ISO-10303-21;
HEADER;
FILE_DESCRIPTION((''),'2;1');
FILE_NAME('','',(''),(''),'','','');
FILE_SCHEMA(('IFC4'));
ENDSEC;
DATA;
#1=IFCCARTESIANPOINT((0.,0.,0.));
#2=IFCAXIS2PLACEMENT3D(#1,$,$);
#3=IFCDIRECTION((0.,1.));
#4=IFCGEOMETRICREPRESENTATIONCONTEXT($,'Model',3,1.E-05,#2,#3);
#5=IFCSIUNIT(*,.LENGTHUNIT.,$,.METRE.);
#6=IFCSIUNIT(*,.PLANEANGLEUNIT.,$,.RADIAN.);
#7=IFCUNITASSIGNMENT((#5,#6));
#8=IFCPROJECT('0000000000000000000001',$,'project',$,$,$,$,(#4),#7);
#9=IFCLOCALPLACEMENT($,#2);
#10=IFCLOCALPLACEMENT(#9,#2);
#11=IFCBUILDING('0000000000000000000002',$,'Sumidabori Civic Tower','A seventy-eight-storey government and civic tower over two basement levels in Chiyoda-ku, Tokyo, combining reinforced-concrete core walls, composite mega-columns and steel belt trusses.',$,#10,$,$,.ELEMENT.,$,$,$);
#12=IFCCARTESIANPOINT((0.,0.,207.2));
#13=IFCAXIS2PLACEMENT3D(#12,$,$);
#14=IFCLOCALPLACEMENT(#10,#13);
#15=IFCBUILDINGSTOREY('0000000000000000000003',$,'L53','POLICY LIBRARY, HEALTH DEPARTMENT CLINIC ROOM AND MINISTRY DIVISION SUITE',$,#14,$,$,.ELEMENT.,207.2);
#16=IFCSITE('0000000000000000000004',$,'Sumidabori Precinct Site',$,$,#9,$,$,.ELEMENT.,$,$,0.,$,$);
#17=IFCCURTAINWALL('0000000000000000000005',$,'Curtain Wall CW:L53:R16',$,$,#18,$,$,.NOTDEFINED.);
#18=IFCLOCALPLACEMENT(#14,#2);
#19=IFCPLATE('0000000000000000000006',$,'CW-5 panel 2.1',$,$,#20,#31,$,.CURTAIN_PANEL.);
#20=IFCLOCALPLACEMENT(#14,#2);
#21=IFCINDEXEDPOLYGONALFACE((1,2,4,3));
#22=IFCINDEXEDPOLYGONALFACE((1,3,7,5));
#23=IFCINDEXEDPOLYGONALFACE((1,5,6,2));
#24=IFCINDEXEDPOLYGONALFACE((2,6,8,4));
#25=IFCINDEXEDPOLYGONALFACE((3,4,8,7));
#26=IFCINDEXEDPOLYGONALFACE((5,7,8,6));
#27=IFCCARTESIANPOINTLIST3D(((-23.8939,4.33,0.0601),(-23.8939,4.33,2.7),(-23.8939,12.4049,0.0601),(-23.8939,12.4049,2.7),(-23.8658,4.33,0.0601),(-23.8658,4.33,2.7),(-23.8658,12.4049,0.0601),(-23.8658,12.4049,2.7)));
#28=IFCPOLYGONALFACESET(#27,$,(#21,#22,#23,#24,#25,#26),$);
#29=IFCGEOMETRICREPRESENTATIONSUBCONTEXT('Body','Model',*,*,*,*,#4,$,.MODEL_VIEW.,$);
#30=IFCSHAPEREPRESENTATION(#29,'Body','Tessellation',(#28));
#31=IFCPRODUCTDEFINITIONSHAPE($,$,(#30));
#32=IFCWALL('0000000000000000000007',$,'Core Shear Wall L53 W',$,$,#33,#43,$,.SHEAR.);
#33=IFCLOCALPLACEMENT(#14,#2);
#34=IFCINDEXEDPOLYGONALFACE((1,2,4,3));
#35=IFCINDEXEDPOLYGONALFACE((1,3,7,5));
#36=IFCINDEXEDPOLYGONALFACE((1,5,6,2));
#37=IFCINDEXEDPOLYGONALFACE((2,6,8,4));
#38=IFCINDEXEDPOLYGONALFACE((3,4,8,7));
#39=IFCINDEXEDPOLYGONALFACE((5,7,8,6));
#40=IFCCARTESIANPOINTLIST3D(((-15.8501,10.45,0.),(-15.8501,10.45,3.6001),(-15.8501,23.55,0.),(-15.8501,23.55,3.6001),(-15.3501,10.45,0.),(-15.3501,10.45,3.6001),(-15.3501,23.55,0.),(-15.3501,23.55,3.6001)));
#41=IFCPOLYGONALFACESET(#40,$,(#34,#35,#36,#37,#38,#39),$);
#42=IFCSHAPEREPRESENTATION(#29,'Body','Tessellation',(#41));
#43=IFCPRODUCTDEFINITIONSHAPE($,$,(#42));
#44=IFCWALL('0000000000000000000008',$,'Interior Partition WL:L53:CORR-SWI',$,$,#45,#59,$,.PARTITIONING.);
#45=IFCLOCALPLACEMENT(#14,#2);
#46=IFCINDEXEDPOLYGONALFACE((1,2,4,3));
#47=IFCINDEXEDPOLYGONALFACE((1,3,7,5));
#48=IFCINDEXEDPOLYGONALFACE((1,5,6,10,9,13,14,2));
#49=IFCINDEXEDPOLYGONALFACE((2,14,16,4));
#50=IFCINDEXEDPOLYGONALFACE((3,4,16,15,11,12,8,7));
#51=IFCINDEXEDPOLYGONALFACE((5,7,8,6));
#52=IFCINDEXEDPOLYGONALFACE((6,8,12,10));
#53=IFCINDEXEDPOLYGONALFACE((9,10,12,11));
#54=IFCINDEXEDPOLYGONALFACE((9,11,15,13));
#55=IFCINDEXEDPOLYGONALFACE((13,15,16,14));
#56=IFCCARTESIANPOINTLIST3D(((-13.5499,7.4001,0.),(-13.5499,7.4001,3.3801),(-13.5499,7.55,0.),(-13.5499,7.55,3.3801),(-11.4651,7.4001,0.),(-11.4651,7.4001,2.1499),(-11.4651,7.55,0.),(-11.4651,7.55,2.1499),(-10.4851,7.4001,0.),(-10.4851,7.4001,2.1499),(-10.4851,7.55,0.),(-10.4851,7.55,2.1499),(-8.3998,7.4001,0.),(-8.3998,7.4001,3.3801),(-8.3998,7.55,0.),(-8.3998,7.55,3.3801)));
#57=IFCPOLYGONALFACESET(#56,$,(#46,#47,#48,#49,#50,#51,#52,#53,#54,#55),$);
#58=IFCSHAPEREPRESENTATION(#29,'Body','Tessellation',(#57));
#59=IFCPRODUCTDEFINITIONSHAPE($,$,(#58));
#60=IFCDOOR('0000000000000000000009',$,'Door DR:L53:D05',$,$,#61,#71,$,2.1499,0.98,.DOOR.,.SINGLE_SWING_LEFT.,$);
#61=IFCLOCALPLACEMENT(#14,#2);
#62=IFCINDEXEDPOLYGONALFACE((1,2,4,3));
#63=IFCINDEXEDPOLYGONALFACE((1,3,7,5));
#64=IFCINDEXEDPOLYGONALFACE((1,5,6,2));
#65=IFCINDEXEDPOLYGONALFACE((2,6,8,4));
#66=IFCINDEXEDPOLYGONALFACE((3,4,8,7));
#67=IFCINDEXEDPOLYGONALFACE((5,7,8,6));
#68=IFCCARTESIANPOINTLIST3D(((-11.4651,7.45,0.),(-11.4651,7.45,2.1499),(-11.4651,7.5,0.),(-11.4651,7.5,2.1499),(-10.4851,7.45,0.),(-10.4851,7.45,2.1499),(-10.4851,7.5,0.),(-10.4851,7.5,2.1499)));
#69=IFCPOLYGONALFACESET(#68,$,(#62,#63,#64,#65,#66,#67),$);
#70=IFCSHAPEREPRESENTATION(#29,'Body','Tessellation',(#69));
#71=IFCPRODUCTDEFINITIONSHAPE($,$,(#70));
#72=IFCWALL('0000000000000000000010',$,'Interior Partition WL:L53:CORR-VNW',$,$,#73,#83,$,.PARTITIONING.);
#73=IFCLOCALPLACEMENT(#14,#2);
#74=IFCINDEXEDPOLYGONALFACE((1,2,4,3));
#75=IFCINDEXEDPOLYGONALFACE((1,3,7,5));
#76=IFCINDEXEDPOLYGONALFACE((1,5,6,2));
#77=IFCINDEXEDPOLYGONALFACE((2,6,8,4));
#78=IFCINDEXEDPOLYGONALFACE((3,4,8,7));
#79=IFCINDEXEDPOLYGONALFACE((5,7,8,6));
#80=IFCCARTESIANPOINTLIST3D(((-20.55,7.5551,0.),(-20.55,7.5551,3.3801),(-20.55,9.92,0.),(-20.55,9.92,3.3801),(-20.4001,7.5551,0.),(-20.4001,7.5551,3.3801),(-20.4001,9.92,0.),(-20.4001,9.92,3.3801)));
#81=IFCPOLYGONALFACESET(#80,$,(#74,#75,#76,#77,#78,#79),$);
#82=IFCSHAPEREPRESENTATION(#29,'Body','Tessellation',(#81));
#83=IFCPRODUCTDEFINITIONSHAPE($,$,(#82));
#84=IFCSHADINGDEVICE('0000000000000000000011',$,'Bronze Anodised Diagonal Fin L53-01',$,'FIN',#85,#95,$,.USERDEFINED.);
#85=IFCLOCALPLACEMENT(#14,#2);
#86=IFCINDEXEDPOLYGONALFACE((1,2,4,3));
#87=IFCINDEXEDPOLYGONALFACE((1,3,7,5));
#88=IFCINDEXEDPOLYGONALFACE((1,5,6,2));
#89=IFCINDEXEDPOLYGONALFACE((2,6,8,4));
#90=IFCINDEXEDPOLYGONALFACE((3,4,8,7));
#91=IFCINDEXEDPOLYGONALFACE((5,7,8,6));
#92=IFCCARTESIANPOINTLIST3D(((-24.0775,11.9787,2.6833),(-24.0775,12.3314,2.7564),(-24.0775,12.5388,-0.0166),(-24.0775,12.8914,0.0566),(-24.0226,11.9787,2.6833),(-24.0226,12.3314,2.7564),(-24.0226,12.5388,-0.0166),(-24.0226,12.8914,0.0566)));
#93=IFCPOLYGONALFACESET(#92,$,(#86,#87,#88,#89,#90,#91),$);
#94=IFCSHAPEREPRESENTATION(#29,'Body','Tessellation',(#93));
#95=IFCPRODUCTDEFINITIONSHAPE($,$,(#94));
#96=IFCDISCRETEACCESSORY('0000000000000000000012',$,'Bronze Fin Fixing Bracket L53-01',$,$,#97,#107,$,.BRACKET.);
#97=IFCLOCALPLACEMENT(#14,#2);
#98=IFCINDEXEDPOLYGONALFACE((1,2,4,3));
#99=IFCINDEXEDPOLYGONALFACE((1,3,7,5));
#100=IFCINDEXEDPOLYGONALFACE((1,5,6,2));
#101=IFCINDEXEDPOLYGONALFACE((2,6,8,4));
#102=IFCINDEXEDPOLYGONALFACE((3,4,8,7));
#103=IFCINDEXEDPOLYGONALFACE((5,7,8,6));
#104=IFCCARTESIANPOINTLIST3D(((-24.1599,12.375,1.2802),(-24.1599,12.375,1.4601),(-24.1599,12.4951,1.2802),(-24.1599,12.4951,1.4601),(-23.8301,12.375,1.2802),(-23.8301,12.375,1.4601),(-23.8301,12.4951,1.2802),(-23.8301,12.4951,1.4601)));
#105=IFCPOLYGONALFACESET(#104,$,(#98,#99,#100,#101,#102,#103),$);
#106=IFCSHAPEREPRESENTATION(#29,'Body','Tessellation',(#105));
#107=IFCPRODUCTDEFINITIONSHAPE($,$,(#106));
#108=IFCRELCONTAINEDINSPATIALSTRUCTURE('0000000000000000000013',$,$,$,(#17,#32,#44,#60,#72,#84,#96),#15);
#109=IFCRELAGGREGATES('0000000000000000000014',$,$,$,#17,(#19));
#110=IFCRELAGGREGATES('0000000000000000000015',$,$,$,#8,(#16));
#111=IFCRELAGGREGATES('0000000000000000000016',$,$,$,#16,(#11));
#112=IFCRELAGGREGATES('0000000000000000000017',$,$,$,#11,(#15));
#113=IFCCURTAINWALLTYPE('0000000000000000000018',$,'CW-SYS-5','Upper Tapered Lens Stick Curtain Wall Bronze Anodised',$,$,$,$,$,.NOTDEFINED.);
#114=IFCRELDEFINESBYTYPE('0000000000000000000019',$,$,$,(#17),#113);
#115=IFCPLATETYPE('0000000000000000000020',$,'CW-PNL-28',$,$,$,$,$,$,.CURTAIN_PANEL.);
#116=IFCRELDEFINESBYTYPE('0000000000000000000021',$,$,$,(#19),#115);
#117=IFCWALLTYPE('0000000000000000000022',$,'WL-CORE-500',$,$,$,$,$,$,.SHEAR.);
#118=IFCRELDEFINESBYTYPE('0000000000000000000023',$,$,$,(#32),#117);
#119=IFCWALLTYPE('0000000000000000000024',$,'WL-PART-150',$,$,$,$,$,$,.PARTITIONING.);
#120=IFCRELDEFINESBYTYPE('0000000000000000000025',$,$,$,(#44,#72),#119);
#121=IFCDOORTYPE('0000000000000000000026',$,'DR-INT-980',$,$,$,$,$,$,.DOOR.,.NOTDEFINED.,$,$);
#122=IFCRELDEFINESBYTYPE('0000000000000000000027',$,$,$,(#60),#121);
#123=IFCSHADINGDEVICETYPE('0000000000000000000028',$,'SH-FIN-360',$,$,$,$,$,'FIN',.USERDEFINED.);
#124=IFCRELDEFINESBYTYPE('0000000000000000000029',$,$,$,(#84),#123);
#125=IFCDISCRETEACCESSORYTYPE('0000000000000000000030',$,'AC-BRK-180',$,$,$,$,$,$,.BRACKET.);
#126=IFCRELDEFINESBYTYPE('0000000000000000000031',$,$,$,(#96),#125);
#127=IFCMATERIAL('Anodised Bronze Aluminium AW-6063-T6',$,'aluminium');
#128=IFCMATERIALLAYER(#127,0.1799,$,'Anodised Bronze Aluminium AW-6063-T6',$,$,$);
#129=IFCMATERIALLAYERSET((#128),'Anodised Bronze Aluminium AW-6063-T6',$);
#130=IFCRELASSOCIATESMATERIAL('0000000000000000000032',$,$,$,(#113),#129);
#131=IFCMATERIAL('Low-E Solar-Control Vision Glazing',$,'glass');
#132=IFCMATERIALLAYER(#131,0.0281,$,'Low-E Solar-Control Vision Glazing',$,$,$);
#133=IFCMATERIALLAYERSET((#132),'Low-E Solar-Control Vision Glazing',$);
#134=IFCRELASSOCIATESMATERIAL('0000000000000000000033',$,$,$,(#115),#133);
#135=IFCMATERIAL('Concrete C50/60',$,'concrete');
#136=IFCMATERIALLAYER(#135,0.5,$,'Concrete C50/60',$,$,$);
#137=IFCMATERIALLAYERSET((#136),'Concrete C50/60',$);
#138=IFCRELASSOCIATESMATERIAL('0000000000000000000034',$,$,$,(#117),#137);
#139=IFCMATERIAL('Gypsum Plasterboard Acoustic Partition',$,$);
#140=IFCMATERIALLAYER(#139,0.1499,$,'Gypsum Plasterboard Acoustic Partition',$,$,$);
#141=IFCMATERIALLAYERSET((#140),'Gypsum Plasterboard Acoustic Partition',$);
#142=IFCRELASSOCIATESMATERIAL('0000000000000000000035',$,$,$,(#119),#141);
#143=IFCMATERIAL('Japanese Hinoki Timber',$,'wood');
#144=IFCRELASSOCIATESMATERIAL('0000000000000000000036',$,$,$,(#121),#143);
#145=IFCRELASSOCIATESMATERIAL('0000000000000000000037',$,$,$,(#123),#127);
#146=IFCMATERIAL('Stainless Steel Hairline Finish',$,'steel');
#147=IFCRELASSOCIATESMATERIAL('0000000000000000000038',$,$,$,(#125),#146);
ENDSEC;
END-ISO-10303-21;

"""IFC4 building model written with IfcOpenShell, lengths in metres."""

from ifc_helpers import new_model, si_unit, direction, frame, frame_2d, origin, origin_2d, place, context, subcontext, project, spatial, rectangle, extrude, source, transform, mapped, material, layer, layer_set, material_profile, profile_set, type_object, element, fill, aggregate, save


model = new_model("IFC4")

# Units and contexts
model_context = context("Model", 3, precision=1e-05, world=origin(), true_north=direction((0.0, 1.0)))
body_context = subcontext(model_context, "Body", "Model", "MODEL_VIEW")
ifc_project = project(units=[si_unit("LENGTHUNIT", "METRE"), si_unit("PLANEANGLEUNIT", "RADIAN")], contexts=[model_context])

# Site, building, storey
site_placement = place(None, origin())
site = spatial("IfcSite", under=ifc_project, at=site_placement, Name="Sumidabori Precinct Site", CompositionType="ELEMENT", RefElevation=0.0)
building_placement = place(site_placement, origin())
building = spatial("IfcBuilding", under=site, at=building_placement, Name="Sumidabori Civic Tower", Description="A seventy-eight-storey government and civic tower over two basement levels in Chiyoda-ku, Tokyo, combining reinforced-concrete core walls, composite mega-columns and steel belt trusses.", CompositionType="ELEMENT")
storey_placement = place(building_placement, frame((0.0, 0.0, 207.2)))
storey = spatial("IfcBuildingStorey", under=building, at=storey_placement, Name="L53", Description="POLICY LIBRARY, HEALTH DEPARTMENT CLINIC ROOM AND MINISTRY DIVISION SUITE", CompositionType="ELEMENT", Elevation=207.2)

# Curtain wall, plate
ifc_material_1 = material(Name="Anodised Bronze Aluminium AW-6063-T6", Category="aluminium")
ifc_layer_1 = layer(ifc_material_1, 0.1799, Name="Anodised Bronze Aluminium AW-6063-T6")
ifc_layer_set_1 = layer_set([ifc_layer_1], Name="Anodised Bronze Aluminium AW-6063-T6")
curtain_wall_type = type_object("IfcCurtainWallType", Name="CW-SYS-5", Description="Upper Tapered Lens Stick Curtain Wall Bronze Anodised", PredefinedType="NOTDEFINED", material=ifc_layer_set_1)
curtain_wall_placement = place(storey_placement, origin())
curtain_wall = element("IfcCurtainWall", 1, at=curtain_wall_placement, inside=storey, type_object=curtain_wall_type, Name="Curtain Wall CW:L53:R16", PredefinedType="NOTDEFINED")
ifc_material_2 = material(Name="Low-E Solar-Control Vision Glazing", Category="glass")
ifc_layer_2 = layer(ifc_material_2, 0.0281, Name="Low-E Solar-Control Vision Glazing")
ifc_layer_set_2 = layer_set([ifc_layer_2], Name="Low-E Solar-Control Vision Glazing")
plate_type = type_object("IfcPlateType", Name="CW-PNL-28", PredefinedType="CURTAIN_PANEL", material=ifc_layer_set_2)
shared_shape_1 = source(origin(), body_context, "Body", "SweptSolid", [
    extrude(rectangle(XDim=8.075, YDim=0.0281, at=origin_2d()), origin(), (0.0, 0.0, 1.0), 2.6399),
])
plate_placement = place(storey_placement, frame((-23.8799, 8.3674, 0.0601), z_axis=(0.0, 0.0, 1.0), x_axis=(0.0, -1.0, 0.0)))
plate = element("IfcPlate", 2, at=plate_placement, type_object=plate_type, Name="CW-5 panel 2.1", PredefinedType="CURTAIN_PANEL", context=body_context, shape_type="MappedRepresentation", body=[
    mapped(shared_shape_1, transform((0.0, 0.0, 0.0), x_axis=(1.0, 0.0, 0.0), y_axis=(0.0, 1.0, 0.0), z_axis=(0.0, 0.0, 1.0), scale=1.0)),
])
aggregate(curtain_wall, [plate])

# Shared definitions
ifc_material_3 = material(Name="Concrete C50/60", Category="concrete")
ifc_layer_3 = layer(ifc_material_3, 0.5, Name="Concrete C50/60")
ifc_layer_set_3 = layer_set([ifc_layer_3], Name="Concrete C50/60")
wall_type_1 = type_object("IfcWallType", Name="WL-CORE-500", PredefinedType="SHEAR", material=ifc_layer_set_3)

# Wall
shared_shape_2 = source(origin(), body_context, "Body", "SweptSolid", [
    extrude(rectangle(XDim=13.1001, YDim=0.5, at=frame_2d((6.55, 0.0))), origin(), (0.0, 0.0, 1.0), 3.6001),
])
wall_1_placement = place(storey_placement, frame((-15.6001, 10.45, 0.0), z_axis=(0.0, 0.0, 1.0), x_axis=(0.0, 1.0, 0.0)))
element("IfcWall", 3, at=wall_1_placement, inside=storey, type_object=wall_type_1, Name="Core Shear Wall L53 W", PredefinedType="SHEAR", context=body_context, shape_type="MappedRepresentation", body=[
    mapped(shared_shape_2, transform((0.0, 0.0, 0.0), x_axis=(1.0, 0.0, 0.0), y_axis=(0.0, 1.0, 0.0), z_axis=(0.0, 0.0, 1.0), scale=1.0)),
])

# Wall, opening, door
ifc_material_4 = material(Name="Gypsum Plasterboard Acoustic Partition")
ifc_layer_4 = layer(ifc_material_4, 0.1499, Name="Gypsum Plasterboard Acoustic Partition")
ifc_layer_set_4 = layer_set([ifc_layer_4], Name="Gypsum Plasterboard Acoustic Partition")
wall_type_2 = type_object("IfcWallType", Name="WL-PART-150", PredefinedType="PARTITIONING", material=ifc_layer_set_4)
ifc_material_5 = material(Name="Japanese Hinoki Timber", Category="wood")
shared_shape_3 = source(origin(), body_context, "Body", "SweptSolid", [
    extrude(rectangle(XDim=5.1501, YDim=0.1499, at=frame_2d((2.5752, 0.0))), origin(), (0.0, 0.0, 1.0), 3.3801),
])
wall_2_placement = place(storey_placement, frame((-13.55, 7.4751, 0.0), z_axis=(0.0, 0.0, 1.0), x_axis=(1.0, 0.0, 0.0)))
wall_2 = element("IfcWall", 4, at=wall_2_placement, inside=storey, type_object=wall_type_2, Name="Interior Partition WL:L53:CORR-SWI", PredefinedType="PARTITIONING", context=body_context, shape_type="MappedRepresentation", body=[
    mapped(shared_shape_3, transform((0.0, 0.0, 0.0), x_axis=(1.0, 0.0, 0.0), y_axis=(0.0, 1.0, 0.0), z_axis=(0.0, 0.0, 1.0), scale=1.0)),
])
opening_1_placement = place(wall_2_placement, frame((2.085, 0.0, 0.0)))
opening_1 = element("IfcOpeningElement", 5, at=opening_1_placement, cuts=wall_2, PredefinedType="OPENING", context=body_context, shape_type="SweptSolid", body=[
    extrude(rectangle(XDim=0.98, YDim=2.1499, at=frame_2d((0.49, 1.075))), frame((0.0, 0.0869, 0.0), z_axis=(0.0, -1.0, 0.0), x_axis=(1.0, 0.0, 0.0)), (0.0, 0.0, 1.0), 0.1738),
])
door_type_1 = type_object("IfcDoorType", Name="DR-INT-980", OperationType="NOTDEFINED", PredefinedType="DOOR", material=ifc_material_5)
shared_shape_4 = source(origin(), body_context, "Body", "SweptSolid", [
    extrude(rectangle(XDim=0.98, YDim=2.1499, at=frame_2d((0.49, 1.075))), frame((0.0, 0.0249, 0.0), z_axis=(0.0, -1.0, 0.0), x_axis=(1.0, 0.0, 0.0)), (0.0, 0.0, 1.0), 0.05),
])
door_1_placement = place(opening_1_placement, origin())
door_1 = element("IfcDoor", 6, at=door_1_placement, inside=storey, type_object=door_type_1, Name="Door DR:L53:D05", OperationType="SINGLE_SWING_LEFT", OverallHeight=2.1499, OverallWidth=0.98, PredefinedType="DOOR", context=body_context, shape_type="MappedRepresentation", body=[
    mapped(shared_shape_4, transform((0.0, 0.0, 0.0), x_axis=(1.0, 0.0, 0.0), y_axis=(0.0, 1.0, 0.0), z_axis=(0.0, 0.0, 1.0), scale=1.0)),
])
fill(opening_1, door_1)

# Wall
shared_shape_5 = source(origin(), body_context, "Body", "SweptSolid", [
    extrude(rectangle(XDim=2.365, YDim=0.1499, at=frame_2d((1.1826, 0.0))), origin(), (0.0, 0.0, 1.0), 3.3801),
])
wall_3_placement = place(storey_placement, frame((-20.4751, 7.5549, 0.0), z_axis=(0.0, 0.0, 1.0), x_axis=(0.0, 1.0, 0.0)))
element("IfcWall", 7, at=wall_3_placement, inside=storey, type_object=wall_type_2, Name="Interior Partition WL:L53:CORR-VNW", PredefinedType="PARTITIONING", context=body_context, shape_type="MappedRepresentation", body=[
    mapped(shared_shape_5, transform((0.0, 0.0, 0.0), x_axis=(1.0, 0.0, 0.0), y_axis=(0.0, 1.0, 0.0), z_axis=(0.0, 0.0, 1.0), scale=1.0)),
])

# Shading device
ifc_material_profile_1 = material_profile(ifc_material_1, rectangle(XDim=0.0549, YDim=0.3601, at=origin_2d()), Name="BRONZE FIN 360x55")
ifc_profile_set_1 = profile_set([ifc_material_profile_1], Name="Anodised Bronze Aluminium AW-6063-T6")
shading_device_type = type_object("IfcShadingDeviceType", Name="SH-FIN-360", ElementType="FIN", PredefinedType="USERDEFINED", material=ifc_profile_set_1)
shared_shape_6 = source(origin(), body_context, "Body", "SweptSolid", [
    extrude(rectangle(XDim=0.0549, YDim=0.3601, at=origin_2d()), origin(), (0.0, 0.0, 1.0), 2.7573),
])
shading_device_placement = place(storey_placement, frame((-24.05, 12.7151, 0.02), z_axis=(0.0, -0.203109, 0.979156), x_axis=(-1.0, 0.0, 0.0)))
element("IfcShadingDevice", 8, at=shading_device_placement, inside=storey, type_object=shading_device_type, Name="Bronze Anodised Diagonal Fin L53-01", ObjectType="FIN", PredefinedType="USERDEFINED", context=body_context, shape_type="MappedRepresentation", body=[
    mapped(shared_shape_6, transform((0.0, 0.0, 0.0), x_axis=(1.0, 0.0, 0.0), y_axis=(0.0, 1.0, 0.0), z_axis=(0.0, 0.0, 1.0), scale=1.0)),
])

# Discrete accessory
ifc_material_6 = material(Name="Stainless Steel Hairline Finish", Category="steel")
ifc_material_profile_2 = material_profile(ifc_material_6, rectangle(XDim=0.1201, YDim=0.1799, at=origin_2d()), Name="STEEL BRACKET 180x120")
ifc_profile_set_2 = profile_set([ifc_material_profile_2], Name="Stainless Steel Hairline Finish")
discrete_accessory_type = type_object("IfcDiscreteAccessoryType", Name="AC-BRK-180", PredefinedType="BRACKET", material=ifc_profile_set_2)
shared_shape_7 = source(origin(), body_context, "Body", "SweptSolid", [
    extrude(rectangle(XDim=0.1201, YDim=0.1799, at=origin_2d()), origin(), (0.0, 0.0, 1.0), 0.3298),
])
discrete_accessory_placement = place(storey_placement, frame((-23.8301, 12.4351, 1.3701), z_axis=(-1.0, 0.0, 0.0), x_axis=(0.0, -1.0, 0.0)))
element("IfcDiscreteAccessory", 9, at=discrete_accessory_placement, inside=storey, type_object=discrete_accessory_type, Name="Bronze Fin Fixing Bracket L53-01", PredefinedType="BRACKET", context=body_context, shape_type="MappedRepresentation", body=[
    mapped(shared_shape_7, transform((0.0, 0.0, 0.0), x_axis=(1.0, 0.0, 0.0), y_axis=(0.0, 1.0, 0.0), z_axis=(0.0, 0.0, 1.0), scale=1.0)),
])

save(model, "model.ifc")
